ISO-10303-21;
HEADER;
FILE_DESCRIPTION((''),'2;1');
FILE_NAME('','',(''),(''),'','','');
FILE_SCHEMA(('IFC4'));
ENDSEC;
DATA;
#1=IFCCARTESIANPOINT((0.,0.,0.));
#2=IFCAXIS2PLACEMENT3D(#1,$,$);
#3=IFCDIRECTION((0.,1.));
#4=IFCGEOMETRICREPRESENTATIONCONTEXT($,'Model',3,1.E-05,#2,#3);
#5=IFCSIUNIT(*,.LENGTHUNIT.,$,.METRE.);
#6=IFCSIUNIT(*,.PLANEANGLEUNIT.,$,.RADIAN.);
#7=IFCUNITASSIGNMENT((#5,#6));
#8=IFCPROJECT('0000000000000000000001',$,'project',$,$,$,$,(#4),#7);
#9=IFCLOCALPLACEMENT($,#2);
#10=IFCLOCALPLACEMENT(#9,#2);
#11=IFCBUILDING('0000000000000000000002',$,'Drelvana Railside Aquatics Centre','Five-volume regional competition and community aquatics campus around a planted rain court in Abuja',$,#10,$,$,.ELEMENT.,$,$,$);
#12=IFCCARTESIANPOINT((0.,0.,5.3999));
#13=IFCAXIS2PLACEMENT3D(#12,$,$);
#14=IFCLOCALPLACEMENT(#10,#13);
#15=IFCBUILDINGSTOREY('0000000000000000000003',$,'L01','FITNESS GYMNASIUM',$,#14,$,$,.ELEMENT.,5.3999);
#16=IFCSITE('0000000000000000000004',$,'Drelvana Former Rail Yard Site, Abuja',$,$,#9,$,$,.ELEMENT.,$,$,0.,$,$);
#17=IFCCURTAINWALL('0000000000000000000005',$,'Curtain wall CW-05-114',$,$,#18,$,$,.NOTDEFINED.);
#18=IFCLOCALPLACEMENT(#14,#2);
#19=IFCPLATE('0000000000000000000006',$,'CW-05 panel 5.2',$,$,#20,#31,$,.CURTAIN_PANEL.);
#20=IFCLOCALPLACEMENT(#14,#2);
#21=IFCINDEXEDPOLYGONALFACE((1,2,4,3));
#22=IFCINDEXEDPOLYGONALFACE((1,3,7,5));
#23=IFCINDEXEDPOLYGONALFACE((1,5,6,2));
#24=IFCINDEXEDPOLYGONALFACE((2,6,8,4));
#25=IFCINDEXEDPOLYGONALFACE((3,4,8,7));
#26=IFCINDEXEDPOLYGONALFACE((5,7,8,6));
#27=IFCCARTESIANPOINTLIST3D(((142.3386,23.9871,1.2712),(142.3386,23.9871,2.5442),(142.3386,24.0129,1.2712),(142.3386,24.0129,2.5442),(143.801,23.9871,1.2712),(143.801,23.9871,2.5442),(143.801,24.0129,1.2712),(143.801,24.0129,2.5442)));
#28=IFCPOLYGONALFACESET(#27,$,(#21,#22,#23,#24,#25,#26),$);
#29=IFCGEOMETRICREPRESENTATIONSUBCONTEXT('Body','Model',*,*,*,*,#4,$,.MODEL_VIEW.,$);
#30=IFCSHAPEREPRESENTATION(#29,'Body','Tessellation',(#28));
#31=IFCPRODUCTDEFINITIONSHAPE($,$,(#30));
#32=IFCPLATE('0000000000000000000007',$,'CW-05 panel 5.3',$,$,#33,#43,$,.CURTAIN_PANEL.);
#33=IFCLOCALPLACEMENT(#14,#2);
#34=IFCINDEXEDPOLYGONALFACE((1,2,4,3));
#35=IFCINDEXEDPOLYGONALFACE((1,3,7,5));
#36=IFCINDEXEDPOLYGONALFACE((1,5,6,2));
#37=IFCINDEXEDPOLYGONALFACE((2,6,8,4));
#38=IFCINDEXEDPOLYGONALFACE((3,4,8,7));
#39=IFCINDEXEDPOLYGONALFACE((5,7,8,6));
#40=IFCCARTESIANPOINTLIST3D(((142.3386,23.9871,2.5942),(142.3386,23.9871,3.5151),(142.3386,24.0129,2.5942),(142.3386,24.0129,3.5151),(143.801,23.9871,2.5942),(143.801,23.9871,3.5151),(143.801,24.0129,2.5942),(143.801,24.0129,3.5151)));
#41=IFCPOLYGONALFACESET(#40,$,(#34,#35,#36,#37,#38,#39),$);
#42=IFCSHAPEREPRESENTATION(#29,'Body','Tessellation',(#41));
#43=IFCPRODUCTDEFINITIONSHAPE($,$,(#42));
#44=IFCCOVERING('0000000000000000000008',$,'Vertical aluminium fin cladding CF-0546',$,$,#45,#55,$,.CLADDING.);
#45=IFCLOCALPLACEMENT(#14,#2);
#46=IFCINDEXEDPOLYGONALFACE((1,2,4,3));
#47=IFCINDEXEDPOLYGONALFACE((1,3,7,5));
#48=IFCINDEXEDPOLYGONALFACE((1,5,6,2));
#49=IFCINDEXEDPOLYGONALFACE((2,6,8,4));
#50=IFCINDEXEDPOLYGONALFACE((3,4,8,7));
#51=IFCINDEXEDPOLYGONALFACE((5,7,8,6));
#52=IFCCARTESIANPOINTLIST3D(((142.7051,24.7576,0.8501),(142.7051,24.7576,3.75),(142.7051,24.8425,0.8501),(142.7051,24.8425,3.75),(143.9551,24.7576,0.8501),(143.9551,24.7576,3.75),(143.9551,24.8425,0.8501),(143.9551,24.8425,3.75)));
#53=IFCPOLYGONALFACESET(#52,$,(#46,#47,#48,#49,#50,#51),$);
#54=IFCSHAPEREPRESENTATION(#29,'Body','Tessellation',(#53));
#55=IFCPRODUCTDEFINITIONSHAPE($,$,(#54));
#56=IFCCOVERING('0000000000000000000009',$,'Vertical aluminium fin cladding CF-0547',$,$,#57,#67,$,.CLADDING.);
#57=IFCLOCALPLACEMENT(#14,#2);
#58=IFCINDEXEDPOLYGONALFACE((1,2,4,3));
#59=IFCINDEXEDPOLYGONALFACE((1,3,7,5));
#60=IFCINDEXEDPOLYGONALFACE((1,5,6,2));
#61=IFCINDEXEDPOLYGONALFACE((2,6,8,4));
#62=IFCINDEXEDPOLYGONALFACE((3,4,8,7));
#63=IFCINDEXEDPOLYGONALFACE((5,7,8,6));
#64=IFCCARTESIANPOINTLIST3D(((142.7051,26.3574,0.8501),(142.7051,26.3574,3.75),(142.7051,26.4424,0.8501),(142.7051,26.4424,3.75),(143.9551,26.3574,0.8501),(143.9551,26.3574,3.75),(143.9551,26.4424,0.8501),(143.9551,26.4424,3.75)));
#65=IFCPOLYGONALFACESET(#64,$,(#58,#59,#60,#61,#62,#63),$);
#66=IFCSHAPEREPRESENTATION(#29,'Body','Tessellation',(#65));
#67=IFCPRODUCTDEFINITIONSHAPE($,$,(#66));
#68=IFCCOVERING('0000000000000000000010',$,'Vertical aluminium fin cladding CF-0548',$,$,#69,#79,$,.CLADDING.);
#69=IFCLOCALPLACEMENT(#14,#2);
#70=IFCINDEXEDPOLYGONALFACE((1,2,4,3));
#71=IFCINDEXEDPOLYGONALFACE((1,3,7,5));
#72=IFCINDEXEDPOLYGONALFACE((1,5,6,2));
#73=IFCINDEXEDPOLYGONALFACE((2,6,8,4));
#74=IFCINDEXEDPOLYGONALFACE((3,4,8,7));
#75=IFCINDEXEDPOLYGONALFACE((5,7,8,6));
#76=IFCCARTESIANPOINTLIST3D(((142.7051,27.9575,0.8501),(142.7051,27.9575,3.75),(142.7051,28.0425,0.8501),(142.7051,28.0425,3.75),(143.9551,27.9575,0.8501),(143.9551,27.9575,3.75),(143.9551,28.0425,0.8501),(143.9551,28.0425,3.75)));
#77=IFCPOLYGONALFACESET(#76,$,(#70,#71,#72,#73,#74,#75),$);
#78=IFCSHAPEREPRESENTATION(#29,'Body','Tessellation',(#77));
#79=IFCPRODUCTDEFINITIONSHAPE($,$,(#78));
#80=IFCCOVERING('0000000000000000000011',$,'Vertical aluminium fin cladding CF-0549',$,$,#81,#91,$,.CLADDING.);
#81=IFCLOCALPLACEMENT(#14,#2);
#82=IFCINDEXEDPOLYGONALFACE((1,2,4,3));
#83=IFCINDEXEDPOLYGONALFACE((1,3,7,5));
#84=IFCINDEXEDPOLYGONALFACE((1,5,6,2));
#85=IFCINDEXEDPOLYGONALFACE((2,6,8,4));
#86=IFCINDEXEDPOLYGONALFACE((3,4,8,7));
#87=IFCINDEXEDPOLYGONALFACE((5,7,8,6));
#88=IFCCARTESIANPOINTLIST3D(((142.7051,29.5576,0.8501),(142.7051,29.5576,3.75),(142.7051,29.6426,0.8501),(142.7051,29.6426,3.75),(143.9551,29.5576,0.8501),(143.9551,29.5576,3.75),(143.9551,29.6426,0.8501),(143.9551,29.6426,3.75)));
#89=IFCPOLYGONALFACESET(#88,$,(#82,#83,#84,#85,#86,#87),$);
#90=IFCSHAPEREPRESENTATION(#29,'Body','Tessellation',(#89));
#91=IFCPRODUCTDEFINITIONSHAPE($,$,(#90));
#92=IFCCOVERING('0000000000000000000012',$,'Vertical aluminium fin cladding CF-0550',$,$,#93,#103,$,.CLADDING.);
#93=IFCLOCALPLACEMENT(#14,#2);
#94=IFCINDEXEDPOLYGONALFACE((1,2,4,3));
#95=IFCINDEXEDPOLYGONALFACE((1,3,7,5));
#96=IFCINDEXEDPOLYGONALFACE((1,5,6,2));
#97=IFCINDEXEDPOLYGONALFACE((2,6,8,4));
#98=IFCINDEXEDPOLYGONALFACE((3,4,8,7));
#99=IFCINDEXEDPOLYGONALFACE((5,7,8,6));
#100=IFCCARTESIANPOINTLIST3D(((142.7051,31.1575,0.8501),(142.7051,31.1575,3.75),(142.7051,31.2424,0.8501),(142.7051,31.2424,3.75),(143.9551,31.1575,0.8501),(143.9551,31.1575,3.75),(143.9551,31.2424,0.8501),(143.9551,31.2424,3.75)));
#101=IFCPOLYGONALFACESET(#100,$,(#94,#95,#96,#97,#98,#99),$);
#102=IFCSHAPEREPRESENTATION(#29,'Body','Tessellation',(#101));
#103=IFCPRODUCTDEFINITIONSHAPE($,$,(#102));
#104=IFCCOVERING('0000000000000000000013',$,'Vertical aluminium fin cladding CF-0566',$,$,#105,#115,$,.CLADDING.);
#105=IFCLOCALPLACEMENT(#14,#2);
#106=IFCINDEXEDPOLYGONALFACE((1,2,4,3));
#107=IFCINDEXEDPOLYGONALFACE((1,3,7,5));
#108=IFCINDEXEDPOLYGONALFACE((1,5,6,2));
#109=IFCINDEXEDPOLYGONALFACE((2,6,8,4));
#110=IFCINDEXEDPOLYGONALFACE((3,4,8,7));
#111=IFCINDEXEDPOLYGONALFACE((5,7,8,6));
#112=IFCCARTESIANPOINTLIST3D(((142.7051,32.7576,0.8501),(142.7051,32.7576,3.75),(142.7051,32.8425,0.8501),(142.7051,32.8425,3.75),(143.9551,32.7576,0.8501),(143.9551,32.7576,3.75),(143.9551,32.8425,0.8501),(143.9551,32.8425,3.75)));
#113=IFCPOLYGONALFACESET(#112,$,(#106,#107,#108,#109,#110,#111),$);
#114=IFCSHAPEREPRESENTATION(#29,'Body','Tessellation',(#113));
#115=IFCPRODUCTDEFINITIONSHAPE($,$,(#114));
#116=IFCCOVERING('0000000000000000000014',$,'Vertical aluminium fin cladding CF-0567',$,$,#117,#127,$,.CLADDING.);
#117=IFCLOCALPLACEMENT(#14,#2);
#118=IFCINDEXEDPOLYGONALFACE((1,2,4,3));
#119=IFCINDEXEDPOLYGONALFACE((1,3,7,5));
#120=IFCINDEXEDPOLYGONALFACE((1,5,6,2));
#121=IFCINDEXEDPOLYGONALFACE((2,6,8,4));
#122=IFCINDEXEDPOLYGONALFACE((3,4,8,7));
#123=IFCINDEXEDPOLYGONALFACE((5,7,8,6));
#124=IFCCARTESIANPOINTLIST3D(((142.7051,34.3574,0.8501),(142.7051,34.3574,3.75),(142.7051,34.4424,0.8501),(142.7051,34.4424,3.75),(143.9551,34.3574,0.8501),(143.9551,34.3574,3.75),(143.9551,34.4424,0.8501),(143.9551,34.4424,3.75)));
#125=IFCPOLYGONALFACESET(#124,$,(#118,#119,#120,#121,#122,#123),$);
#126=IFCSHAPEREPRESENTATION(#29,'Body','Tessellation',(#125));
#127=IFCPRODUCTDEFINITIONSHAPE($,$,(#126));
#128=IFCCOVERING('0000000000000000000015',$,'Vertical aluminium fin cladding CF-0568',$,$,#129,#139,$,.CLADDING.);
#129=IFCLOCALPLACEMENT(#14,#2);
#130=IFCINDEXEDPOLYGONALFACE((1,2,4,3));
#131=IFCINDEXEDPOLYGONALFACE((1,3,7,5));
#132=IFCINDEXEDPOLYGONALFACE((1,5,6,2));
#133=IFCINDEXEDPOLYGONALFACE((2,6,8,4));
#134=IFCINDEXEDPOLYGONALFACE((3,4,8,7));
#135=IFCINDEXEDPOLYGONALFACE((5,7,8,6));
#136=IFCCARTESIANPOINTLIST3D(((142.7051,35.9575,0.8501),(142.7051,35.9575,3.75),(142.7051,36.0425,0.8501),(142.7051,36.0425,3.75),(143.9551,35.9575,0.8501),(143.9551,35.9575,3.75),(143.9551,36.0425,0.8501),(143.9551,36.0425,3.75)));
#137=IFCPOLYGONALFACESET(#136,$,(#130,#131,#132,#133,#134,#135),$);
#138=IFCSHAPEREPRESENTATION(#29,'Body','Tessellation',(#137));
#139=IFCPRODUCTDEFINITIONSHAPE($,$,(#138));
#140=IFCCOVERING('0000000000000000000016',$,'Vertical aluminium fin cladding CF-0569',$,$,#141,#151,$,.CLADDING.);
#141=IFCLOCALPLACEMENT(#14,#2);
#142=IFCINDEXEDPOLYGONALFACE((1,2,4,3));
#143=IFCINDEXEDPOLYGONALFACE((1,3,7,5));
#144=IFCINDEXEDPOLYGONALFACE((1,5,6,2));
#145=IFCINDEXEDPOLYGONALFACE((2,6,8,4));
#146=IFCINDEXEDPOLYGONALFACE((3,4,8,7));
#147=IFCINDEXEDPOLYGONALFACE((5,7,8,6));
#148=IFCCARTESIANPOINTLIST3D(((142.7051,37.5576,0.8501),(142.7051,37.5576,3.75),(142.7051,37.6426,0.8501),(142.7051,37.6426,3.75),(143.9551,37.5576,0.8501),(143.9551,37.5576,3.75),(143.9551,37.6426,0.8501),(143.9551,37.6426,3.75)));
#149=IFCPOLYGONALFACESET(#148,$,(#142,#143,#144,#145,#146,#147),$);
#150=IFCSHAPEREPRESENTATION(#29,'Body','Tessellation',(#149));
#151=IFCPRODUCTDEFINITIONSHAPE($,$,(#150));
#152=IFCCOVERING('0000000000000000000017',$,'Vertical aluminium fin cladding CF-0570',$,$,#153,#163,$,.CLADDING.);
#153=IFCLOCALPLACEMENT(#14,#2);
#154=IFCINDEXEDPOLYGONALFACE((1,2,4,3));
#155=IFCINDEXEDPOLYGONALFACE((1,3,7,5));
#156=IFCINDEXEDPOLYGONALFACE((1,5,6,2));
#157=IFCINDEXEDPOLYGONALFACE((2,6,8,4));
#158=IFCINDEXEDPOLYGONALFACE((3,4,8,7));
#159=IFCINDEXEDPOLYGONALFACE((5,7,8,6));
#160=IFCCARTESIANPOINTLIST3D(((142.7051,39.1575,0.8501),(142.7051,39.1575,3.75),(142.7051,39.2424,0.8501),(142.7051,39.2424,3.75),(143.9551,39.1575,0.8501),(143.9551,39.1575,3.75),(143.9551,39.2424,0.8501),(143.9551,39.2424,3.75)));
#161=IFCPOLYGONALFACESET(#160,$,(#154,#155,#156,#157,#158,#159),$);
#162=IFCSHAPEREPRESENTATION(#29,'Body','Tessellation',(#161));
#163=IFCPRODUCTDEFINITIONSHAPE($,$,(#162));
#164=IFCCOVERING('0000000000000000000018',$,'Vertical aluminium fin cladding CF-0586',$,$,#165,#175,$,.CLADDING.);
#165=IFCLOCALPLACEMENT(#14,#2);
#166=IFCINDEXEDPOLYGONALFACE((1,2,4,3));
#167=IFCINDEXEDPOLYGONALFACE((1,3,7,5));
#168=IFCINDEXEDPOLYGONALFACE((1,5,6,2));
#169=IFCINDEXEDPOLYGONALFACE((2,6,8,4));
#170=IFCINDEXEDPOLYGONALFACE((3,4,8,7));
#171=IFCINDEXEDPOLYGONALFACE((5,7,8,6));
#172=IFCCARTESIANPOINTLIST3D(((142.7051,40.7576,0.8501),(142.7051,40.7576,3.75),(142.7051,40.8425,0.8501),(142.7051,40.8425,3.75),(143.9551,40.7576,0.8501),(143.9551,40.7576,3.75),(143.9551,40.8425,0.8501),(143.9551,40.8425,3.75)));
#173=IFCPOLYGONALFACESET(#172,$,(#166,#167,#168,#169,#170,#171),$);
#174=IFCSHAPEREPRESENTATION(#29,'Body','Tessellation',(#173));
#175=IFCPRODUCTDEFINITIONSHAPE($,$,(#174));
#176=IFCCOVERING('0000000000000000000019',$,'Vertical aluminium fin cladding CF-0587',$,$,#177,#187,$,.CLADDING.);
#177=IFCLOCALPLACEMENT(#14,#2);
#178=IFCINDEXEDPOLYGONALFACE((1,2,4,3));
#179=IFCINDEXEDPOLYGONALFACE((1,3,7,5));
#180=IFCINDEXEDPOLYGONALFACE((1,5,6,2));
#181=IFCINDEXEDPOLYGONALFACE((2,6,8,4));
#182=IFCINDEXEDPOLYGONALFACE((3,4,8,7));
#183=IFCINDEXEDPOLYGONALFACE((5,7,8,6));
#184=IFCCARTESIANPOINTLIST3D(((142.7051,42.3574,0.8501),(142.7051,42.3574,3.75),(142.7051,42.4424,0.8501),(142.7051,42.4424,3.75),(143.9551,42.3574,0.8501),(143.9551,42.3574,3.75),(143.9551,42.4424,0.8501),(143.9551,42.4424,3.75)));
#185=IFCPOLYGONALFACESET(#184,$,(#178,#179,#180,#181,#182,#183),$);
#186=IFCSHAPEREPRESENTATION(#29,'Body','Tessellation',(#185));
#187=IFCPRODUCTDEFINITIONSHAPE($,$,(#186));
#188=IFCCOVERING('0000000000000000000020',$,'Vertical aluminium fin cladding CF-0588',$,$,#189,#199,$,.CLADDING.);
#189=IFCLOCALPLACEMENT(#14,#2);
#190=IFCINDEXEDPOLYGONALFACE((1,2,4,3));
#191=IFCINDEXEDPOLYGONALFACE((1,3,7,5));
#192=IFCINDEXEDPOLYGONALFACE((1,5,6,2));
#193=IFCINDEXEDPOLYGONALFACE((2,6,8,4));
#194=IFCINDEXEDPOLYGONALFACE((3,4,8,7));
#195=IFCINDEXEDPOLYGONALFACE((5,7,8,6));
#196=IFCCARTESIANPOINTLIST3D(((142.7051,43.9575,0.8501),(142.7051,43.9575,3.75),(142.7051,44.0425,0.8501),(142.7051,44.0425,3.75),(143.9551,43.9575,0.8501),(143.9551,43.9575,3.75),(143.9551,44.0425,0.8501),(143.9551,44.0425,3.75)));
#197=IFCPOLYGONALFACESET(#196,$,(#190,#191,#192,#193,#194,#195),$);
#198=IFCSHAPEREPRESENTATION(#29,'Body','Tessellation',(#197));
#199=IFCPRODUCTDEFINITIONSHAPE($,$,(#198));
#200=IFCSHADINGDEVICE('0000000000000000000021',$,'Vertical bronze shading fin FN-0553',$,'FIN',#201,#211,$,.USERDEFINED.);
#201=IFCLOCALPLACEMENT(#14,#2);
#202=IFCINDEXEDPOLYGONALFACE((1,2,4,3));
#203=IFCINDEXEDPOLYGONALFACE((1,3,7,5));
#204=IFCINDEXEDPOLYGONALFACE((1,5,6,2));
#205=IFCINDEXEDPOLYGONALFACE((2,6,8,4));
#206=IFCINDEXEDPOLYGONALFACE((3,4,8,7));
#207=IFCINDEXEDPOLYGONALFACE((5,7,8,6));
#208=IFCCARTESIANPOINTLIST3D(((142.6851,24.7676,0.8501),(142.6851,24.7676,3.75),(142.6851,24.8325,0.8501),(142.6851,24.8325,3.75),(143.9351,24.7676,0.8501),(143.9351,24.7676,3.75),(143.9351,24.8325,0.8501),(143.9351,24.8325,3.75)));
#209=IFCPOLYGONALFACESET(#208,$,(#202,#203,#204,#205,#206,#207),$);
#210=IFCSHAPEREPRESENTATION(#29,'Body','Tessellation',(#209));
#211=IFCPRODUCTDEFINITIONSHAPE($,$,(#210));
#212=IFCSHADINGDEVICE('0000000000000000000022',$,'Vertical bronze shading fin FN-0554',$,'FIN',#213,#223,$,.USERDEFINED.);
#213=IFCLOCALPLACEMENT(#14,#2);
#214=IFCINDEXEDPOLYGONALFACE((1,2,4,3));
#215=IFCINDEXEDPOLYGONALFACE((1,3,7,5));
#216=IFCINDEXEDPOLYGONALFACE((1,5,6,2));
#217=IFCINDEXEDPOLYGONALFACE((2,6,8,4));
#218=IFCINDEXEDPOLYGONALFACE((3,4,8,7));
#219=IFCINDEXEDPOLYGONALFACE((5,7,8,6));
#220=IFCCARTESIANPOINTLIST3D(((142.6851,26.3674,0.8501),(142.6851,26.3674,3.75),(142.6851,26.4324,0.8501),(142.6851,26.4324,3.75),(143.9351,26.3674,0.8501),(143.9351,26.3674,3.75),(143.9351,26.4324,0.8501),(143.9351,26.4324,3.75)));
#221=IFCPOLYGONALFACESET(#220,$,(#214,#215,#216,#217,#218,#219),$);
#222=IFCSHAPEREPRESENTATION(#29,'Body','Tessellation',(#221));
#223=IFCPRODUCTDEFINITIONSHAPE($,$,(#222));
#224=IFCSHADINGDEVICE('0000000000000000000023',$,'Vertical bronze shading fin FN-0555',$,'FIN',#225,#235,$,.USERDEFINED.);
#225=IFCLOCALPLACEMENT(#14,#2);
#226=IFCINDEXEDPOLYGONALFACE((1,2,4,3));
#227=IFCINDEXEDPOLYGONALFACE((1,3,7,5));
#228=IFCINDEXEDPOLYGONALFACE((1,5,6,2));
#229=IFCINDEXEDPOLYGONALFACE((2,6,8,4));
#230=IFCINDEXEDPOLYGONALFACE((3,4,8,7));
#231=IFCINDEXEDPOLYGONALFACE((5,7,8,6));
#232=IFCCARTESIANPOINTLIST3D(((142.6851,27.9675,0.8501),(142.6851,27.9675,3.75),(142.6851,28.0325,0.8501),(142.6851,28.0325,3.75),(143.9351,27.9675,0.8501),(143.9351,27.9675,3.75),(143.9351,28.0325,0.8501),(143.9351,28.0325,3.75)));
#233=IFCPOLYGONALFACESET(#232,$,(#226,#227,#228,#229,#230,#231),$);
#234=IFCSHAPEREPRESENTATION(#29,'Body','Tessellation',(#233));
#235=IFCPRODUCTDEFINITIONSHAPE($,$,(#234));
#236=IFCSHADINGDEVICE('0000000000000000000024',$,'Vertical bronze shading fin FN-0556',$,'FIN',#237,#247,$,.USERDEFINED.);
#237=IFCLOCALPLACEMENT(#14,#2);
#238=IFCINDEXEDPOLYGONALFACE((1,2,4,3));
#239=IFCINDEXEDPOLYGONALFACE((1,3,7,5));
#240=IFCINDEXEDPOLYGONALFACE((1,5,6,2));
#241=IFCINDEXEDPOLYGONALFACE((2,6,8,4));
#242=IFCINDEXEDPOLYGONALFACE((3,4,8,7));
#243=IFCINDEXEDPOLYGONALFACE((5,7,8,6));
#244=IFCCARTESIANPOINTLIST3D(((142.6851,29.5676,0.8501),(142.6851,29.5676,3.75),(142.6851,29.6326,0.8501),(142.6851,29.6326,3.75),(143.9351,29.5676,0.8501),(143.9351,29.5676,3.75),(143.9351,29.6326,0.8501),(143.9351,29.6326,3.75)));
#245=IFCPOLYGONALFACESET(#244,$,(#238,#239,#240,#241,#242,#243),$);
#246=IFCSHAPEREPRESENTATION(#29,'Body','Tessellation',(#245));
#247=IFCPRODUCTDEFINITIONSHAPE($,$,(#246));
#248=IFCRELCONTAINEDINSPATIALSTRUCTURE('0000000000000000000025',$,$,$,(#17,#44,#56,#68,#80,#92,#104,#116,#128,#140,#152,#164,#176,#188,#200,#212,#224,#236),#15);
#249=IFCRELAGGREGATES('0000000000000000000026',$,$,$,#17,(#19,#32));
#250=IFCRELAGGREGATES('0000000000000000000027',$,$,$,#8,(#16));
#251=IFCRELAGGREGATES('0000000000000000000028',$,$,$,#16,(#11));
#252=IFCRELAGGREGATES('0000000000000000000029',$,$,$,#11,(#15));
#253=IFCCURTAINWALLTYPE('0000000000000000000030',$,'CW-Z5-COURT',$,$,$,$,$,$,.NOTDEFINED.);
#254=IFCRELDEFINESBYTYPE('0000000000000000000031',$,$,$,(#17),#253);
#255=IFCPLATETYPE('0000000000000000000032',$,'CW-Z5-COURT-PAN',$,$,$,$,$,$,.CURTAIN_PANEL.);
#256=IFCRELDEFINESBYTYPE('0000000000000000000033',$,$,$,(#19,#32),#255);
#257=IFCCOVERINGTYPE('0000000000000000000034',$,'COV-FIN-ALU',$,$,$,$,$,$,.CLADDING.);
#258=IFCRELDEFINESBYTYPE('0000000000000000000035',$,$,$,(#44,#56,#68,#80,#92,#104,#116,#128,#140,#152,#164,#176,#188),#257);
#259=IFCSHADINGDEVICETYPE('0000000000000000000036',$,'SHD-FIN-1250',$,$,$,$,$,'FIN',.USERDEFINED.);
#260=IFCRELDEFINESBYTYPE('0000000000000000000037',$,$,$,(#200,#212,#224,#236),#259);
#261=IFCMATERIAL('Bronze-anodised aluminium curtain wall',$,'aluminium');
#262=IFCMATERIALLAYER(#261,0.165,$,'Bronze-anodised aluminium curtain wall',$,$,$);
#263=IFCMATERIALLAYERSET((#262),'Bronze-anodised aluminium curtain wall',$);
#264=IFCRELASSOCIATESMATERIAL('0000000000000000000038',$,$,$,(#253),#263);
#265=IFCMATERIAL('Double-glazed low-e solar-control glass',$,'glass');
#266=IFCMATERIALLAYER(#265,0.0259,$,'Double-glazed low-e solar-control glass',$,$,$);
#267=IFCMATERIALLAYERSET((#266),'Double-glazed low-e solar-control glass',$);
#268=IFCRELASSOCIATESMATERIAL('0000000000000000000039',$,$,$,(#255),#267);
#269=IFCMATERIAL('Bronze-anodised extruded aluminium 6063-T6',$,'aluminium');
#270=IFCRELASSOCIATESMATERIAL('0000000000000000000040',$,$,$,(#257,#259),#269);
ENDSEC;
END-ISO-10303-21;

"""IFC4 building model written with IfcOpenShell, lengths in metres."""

from ifc_helpers import new_model, si_unit, direction, frame, origin, origin_2d, place, context, subcontext, project, spatial, rectangle, extrude, material, layer, layer_set, type_object, element, aggregate, save


model = new_model("IFC4")

# Units and contexts
model_context = context("Model", 3, precision=1e-05, world=origin(), true_north=direction((0.0, 1.0)))
body_context = subcontext(model_context, "Body", "Model", "MODEL_VIEW")
ifc_project = project(units=[si_unit("LENGTHUNIT", "METRE"), si_unit("PLANEANGLEUNIT", "RADIAN")], contexts=[model_context])

# Site, building, storey
site_placement = place(None, origin())
site = spatial("IfcSite", under=ifc_project, at=site_placement, Name="Drelvana Former Rail Yard Site, Abuja", CompositionType="ELEMENT", RefElevation=0.0)
building_placement = place(site_placement, origin())
building = spatial("IfcBuilding", under=site, at=building_placement, Name="Drelvana Railside Aquatics Centre", Description="Five-volume regional competition and community aquatics campus around a planted rain court in Abuja", CompositionType="ELEMENT")
storey_placement = place(building_placement, frame((0.0, 0.0, 5.3999)))
storey = spatial("IfcBuildingStorey", under=building, at=storey_placement, Name="L01", Description="FITNESS GYMNASIUM", CompositionType="ELEMENT", Elevation=5.3999)

# Curtain wall, plates
ifc_material_1 = material(Name="Bronze-anodised aluminium curtain wall", Category="aluminium")
ifc_layer_1 = layer(ifc_material_1, 0.165, Name="Bronze-anodised aluminium curtain wall")
ifc_layer_set_1 = layer_set([ifc_layer_1], Name="Bronze-anodised aluminium curtain wall")
curtain_wall_type = type_object("IfcCurtainWallType", Name="CW-Z5-COURT", PredefinedType="NOTDEFINED", material=ifc_layer_set_1)
curtain_wall_placement = place(storey_placement, origin())
curtain_wall = element("IfcCurtainWall", 1, at=curtain_wall_placement, inside=storey, type_object=curtain_wall_type, Name="Curtain wall CW-05-114", PredefinedType="NOTDEFINED")
ifc_material_2 = material(Name="Double-glazed low-e solar-control glass", Category="glass")
ifc_layer_2 = layer(ifc_material_2, 0.0259, Name="Double-glazed low-e solar-control glass")
ifc_layer_set_2 = layer_set([ifc_layer_2], Name="Double-glazed low-e solar-control glass")
plate_type = type_object("IfcPlateType", Name="CW-Z5-COURT-PAN", PredefinedType="CURTAIN_PANEL", material=ifc_layer_set_2)
plate_1_placement = place(storey_placement, frame((143.0698, 24.0, 1.2712), z_axis=(0.0, 0.0, 1.0), x_axis=(1.0, 0.0, 0.0)))
plate_1 = element("IfcPlate", 2, at=plate_1_placement, type_object=plate_type, Name="CW-05 panel 5.2", PredefinedType="CURTAIN_PANEL", context=body_context, shape_type="SweptSolid", body=[
    extrude(rectangle(XDim=1.4624, YDim=0.0259, at=origin_2d()), origin(), (0.0, 0.0, 1.0), 1.2729),
])
plate_2_placement = place(storey_placement, frame((143.0698, 24.0, 2.5942), z_axis=(0.0, 0.0, 1.0), x_axis=(1.0, 0.0, 0.0)))
plate_2 = element("IfcPlate", 3, at=plate_2_placement, type_object=plate_type, Name="CW-05 panel 5.3", PredefinedType="CURTAIN_PANEL", context=body_context, shape_type="SweptSolid", body=[
    extrude(rectangle(XDim=1.4624, YDim=0.0259, at=origin_2d()), origin(), (0.0, 0.0, 1.0), 0.9209),
])
aggregate(curtain_wall, [plate_1, plate_2])

# Coverings
ifc_material_3 = material(Name="Bronze-anodised extruded aluminium 6063-T6", Category="aluminium")
covering_type = type_object("IfcCoveringType", Name="COV-FIN-ALU", PredefinedType="CLADDING", material=ifc_material_3)
for number, where, z_axis, x_axis, name in (
    (4, (143.3301, 24.8, 0.8501), (0.0, 0.0, 1.0), (0.0, 1.0, 0.0), "Vertical aluminium fin cladding CF-0546"),
    (5, (143.3301, 26.3999, 0.8501), (0.0, 0.0, 1.0), (0.0, 1.0, 0.0), "Vertical aluminium fin cladding CF-0547"),
    (6, (143.3301, 28.0, 0.8501), (0.0, 0.0, 1.0), (0.0, 1.0, 0.0), "Vertical aluminium fin cladding CF-0548"),
    (7, (143.3301, 29.6001, 0.8501), (0.0, 0.0, 1.0), (0.0, 1.0, 0.0), "Vertical aluminium fin cladding CF-0549"),
    (8, (143.3301, 31.2, 0.8501), (0.0, 0.0, 1.0), (0.0, 1.0, 0.0), "Vertical aluminium fin cladding CF-0550"),
    (9, (143.3301, 32.8, 0.8501), (0.0, 0.0, 1.0), (0.0, 1.0, 0.0), "Vertical aluminium fin cladding CF-0566"),
    (10, (143.3301, 34.3999, 0.8501), (0.0, 0.0, 1.0), (0.0, 1.0, 0.0), "Vertical aluminium fin cladding CF-0567"),
    (11, (143.3301, 36.0, 0.8501), (0.0, 0.0, 1.0), (0.0, 1.0, 0.0), "Vertical aluminium fin cladding CF-0568"),
    (12, (143.3301, 37.6001, 0.8501), (0.0, 0.0, 1.0), (0.0, 1.0, 0.0), "Vertical aluminium fin cladding CF-0569"),
    (13, (143.3301, 39.2, 0.8501), (0.0, 0.0, 1.0), (0.0, 1.0, 0.0), "Vertical aluminium fin cladding CF-0570"),
    (14, (143.3301, 40.8, 0.8501), (0.0, 0.0, 1.0), (0.0, 1.0, 0.0), "Vertical aluminium fin cladding CF-0586"),
    (15, (143.3301, 42.3999, 0.8501), (0.0, 0.0, 1.0), (0.0, 1.0, 0.0), "Vertical aluminium fin cladding CF-0587"),
    (16, (143.3301, 44.0, 0.8501), (0.0, 0.0, 1.0), (0.0, 1.0, 0.0), "Vertical aluminium fin cladding CF-0588"),
):
    element("IfcCovering", number, at=place(storey_placement, frame(where, z_axis=z_axis, x_axis=x_axis)), inside=storey, type_object=covering_type, Name=name, PredefinedType="CLADDING", context=body_context, shape_type="SweptSolid", body=[
        extrude(rectangle(XDim=0.085, YDim=1.25, at=origin_2d()), origin(), (0.0, 0.0, 1.0), 2.8999),
    ])

# Shading devices
shading_device_type = type_object("IfcShadingDeviceType", Name="SHD-FIN-1250", ElementType="FIN", PredefinedType="USERDEFINED", material=ifc_material_3)
for number, where, z_axis, x_axis, name in (
    (17, (143.3101, 24.8, 0.8501), (0.0, 0.0, 1.0), (-1.0, 0.0, 0.0), "Vertical bronze shading fin FN-0553"),
    (18, (143.3101, 26.3999, 0.8501), (0.0, 0.0, 1.0), (-1.0, 0.0, 0.0), "Vertical bronze shading fin FN-0554"),
    (19, (143.3101, 28.0, 0.8501), (0.0, 0.0, 1.0), (-1.0, 0.0, 0.0), "Vertical bronze shading fin FN-0555"),
    (20, (143.3101, 29.6001, 0.8501), (0.0, 0.0, 1.0), (-1.0, 0.0, 0.0), "Vertical bronze shading fin FN-0556"),
):
    element("IfcShadingDevice", number, at=place(storey_placement, frame(where, z_axis=z_axis, x_axis=x_axis)), inside=storey, type_object=shading_device_type, Name=name, ObjectType="FIN", PredefinedType="USERDEFINED", context=body_context, shape_type="SweptSolid", body=[
        extrude(rectangle(XDim=1.25, YDim=0.0649, at=origin_2d()), origin(), (0.0, 0.0, 1.0), 2.8999),
    ])

save(model, "model.ifc")
